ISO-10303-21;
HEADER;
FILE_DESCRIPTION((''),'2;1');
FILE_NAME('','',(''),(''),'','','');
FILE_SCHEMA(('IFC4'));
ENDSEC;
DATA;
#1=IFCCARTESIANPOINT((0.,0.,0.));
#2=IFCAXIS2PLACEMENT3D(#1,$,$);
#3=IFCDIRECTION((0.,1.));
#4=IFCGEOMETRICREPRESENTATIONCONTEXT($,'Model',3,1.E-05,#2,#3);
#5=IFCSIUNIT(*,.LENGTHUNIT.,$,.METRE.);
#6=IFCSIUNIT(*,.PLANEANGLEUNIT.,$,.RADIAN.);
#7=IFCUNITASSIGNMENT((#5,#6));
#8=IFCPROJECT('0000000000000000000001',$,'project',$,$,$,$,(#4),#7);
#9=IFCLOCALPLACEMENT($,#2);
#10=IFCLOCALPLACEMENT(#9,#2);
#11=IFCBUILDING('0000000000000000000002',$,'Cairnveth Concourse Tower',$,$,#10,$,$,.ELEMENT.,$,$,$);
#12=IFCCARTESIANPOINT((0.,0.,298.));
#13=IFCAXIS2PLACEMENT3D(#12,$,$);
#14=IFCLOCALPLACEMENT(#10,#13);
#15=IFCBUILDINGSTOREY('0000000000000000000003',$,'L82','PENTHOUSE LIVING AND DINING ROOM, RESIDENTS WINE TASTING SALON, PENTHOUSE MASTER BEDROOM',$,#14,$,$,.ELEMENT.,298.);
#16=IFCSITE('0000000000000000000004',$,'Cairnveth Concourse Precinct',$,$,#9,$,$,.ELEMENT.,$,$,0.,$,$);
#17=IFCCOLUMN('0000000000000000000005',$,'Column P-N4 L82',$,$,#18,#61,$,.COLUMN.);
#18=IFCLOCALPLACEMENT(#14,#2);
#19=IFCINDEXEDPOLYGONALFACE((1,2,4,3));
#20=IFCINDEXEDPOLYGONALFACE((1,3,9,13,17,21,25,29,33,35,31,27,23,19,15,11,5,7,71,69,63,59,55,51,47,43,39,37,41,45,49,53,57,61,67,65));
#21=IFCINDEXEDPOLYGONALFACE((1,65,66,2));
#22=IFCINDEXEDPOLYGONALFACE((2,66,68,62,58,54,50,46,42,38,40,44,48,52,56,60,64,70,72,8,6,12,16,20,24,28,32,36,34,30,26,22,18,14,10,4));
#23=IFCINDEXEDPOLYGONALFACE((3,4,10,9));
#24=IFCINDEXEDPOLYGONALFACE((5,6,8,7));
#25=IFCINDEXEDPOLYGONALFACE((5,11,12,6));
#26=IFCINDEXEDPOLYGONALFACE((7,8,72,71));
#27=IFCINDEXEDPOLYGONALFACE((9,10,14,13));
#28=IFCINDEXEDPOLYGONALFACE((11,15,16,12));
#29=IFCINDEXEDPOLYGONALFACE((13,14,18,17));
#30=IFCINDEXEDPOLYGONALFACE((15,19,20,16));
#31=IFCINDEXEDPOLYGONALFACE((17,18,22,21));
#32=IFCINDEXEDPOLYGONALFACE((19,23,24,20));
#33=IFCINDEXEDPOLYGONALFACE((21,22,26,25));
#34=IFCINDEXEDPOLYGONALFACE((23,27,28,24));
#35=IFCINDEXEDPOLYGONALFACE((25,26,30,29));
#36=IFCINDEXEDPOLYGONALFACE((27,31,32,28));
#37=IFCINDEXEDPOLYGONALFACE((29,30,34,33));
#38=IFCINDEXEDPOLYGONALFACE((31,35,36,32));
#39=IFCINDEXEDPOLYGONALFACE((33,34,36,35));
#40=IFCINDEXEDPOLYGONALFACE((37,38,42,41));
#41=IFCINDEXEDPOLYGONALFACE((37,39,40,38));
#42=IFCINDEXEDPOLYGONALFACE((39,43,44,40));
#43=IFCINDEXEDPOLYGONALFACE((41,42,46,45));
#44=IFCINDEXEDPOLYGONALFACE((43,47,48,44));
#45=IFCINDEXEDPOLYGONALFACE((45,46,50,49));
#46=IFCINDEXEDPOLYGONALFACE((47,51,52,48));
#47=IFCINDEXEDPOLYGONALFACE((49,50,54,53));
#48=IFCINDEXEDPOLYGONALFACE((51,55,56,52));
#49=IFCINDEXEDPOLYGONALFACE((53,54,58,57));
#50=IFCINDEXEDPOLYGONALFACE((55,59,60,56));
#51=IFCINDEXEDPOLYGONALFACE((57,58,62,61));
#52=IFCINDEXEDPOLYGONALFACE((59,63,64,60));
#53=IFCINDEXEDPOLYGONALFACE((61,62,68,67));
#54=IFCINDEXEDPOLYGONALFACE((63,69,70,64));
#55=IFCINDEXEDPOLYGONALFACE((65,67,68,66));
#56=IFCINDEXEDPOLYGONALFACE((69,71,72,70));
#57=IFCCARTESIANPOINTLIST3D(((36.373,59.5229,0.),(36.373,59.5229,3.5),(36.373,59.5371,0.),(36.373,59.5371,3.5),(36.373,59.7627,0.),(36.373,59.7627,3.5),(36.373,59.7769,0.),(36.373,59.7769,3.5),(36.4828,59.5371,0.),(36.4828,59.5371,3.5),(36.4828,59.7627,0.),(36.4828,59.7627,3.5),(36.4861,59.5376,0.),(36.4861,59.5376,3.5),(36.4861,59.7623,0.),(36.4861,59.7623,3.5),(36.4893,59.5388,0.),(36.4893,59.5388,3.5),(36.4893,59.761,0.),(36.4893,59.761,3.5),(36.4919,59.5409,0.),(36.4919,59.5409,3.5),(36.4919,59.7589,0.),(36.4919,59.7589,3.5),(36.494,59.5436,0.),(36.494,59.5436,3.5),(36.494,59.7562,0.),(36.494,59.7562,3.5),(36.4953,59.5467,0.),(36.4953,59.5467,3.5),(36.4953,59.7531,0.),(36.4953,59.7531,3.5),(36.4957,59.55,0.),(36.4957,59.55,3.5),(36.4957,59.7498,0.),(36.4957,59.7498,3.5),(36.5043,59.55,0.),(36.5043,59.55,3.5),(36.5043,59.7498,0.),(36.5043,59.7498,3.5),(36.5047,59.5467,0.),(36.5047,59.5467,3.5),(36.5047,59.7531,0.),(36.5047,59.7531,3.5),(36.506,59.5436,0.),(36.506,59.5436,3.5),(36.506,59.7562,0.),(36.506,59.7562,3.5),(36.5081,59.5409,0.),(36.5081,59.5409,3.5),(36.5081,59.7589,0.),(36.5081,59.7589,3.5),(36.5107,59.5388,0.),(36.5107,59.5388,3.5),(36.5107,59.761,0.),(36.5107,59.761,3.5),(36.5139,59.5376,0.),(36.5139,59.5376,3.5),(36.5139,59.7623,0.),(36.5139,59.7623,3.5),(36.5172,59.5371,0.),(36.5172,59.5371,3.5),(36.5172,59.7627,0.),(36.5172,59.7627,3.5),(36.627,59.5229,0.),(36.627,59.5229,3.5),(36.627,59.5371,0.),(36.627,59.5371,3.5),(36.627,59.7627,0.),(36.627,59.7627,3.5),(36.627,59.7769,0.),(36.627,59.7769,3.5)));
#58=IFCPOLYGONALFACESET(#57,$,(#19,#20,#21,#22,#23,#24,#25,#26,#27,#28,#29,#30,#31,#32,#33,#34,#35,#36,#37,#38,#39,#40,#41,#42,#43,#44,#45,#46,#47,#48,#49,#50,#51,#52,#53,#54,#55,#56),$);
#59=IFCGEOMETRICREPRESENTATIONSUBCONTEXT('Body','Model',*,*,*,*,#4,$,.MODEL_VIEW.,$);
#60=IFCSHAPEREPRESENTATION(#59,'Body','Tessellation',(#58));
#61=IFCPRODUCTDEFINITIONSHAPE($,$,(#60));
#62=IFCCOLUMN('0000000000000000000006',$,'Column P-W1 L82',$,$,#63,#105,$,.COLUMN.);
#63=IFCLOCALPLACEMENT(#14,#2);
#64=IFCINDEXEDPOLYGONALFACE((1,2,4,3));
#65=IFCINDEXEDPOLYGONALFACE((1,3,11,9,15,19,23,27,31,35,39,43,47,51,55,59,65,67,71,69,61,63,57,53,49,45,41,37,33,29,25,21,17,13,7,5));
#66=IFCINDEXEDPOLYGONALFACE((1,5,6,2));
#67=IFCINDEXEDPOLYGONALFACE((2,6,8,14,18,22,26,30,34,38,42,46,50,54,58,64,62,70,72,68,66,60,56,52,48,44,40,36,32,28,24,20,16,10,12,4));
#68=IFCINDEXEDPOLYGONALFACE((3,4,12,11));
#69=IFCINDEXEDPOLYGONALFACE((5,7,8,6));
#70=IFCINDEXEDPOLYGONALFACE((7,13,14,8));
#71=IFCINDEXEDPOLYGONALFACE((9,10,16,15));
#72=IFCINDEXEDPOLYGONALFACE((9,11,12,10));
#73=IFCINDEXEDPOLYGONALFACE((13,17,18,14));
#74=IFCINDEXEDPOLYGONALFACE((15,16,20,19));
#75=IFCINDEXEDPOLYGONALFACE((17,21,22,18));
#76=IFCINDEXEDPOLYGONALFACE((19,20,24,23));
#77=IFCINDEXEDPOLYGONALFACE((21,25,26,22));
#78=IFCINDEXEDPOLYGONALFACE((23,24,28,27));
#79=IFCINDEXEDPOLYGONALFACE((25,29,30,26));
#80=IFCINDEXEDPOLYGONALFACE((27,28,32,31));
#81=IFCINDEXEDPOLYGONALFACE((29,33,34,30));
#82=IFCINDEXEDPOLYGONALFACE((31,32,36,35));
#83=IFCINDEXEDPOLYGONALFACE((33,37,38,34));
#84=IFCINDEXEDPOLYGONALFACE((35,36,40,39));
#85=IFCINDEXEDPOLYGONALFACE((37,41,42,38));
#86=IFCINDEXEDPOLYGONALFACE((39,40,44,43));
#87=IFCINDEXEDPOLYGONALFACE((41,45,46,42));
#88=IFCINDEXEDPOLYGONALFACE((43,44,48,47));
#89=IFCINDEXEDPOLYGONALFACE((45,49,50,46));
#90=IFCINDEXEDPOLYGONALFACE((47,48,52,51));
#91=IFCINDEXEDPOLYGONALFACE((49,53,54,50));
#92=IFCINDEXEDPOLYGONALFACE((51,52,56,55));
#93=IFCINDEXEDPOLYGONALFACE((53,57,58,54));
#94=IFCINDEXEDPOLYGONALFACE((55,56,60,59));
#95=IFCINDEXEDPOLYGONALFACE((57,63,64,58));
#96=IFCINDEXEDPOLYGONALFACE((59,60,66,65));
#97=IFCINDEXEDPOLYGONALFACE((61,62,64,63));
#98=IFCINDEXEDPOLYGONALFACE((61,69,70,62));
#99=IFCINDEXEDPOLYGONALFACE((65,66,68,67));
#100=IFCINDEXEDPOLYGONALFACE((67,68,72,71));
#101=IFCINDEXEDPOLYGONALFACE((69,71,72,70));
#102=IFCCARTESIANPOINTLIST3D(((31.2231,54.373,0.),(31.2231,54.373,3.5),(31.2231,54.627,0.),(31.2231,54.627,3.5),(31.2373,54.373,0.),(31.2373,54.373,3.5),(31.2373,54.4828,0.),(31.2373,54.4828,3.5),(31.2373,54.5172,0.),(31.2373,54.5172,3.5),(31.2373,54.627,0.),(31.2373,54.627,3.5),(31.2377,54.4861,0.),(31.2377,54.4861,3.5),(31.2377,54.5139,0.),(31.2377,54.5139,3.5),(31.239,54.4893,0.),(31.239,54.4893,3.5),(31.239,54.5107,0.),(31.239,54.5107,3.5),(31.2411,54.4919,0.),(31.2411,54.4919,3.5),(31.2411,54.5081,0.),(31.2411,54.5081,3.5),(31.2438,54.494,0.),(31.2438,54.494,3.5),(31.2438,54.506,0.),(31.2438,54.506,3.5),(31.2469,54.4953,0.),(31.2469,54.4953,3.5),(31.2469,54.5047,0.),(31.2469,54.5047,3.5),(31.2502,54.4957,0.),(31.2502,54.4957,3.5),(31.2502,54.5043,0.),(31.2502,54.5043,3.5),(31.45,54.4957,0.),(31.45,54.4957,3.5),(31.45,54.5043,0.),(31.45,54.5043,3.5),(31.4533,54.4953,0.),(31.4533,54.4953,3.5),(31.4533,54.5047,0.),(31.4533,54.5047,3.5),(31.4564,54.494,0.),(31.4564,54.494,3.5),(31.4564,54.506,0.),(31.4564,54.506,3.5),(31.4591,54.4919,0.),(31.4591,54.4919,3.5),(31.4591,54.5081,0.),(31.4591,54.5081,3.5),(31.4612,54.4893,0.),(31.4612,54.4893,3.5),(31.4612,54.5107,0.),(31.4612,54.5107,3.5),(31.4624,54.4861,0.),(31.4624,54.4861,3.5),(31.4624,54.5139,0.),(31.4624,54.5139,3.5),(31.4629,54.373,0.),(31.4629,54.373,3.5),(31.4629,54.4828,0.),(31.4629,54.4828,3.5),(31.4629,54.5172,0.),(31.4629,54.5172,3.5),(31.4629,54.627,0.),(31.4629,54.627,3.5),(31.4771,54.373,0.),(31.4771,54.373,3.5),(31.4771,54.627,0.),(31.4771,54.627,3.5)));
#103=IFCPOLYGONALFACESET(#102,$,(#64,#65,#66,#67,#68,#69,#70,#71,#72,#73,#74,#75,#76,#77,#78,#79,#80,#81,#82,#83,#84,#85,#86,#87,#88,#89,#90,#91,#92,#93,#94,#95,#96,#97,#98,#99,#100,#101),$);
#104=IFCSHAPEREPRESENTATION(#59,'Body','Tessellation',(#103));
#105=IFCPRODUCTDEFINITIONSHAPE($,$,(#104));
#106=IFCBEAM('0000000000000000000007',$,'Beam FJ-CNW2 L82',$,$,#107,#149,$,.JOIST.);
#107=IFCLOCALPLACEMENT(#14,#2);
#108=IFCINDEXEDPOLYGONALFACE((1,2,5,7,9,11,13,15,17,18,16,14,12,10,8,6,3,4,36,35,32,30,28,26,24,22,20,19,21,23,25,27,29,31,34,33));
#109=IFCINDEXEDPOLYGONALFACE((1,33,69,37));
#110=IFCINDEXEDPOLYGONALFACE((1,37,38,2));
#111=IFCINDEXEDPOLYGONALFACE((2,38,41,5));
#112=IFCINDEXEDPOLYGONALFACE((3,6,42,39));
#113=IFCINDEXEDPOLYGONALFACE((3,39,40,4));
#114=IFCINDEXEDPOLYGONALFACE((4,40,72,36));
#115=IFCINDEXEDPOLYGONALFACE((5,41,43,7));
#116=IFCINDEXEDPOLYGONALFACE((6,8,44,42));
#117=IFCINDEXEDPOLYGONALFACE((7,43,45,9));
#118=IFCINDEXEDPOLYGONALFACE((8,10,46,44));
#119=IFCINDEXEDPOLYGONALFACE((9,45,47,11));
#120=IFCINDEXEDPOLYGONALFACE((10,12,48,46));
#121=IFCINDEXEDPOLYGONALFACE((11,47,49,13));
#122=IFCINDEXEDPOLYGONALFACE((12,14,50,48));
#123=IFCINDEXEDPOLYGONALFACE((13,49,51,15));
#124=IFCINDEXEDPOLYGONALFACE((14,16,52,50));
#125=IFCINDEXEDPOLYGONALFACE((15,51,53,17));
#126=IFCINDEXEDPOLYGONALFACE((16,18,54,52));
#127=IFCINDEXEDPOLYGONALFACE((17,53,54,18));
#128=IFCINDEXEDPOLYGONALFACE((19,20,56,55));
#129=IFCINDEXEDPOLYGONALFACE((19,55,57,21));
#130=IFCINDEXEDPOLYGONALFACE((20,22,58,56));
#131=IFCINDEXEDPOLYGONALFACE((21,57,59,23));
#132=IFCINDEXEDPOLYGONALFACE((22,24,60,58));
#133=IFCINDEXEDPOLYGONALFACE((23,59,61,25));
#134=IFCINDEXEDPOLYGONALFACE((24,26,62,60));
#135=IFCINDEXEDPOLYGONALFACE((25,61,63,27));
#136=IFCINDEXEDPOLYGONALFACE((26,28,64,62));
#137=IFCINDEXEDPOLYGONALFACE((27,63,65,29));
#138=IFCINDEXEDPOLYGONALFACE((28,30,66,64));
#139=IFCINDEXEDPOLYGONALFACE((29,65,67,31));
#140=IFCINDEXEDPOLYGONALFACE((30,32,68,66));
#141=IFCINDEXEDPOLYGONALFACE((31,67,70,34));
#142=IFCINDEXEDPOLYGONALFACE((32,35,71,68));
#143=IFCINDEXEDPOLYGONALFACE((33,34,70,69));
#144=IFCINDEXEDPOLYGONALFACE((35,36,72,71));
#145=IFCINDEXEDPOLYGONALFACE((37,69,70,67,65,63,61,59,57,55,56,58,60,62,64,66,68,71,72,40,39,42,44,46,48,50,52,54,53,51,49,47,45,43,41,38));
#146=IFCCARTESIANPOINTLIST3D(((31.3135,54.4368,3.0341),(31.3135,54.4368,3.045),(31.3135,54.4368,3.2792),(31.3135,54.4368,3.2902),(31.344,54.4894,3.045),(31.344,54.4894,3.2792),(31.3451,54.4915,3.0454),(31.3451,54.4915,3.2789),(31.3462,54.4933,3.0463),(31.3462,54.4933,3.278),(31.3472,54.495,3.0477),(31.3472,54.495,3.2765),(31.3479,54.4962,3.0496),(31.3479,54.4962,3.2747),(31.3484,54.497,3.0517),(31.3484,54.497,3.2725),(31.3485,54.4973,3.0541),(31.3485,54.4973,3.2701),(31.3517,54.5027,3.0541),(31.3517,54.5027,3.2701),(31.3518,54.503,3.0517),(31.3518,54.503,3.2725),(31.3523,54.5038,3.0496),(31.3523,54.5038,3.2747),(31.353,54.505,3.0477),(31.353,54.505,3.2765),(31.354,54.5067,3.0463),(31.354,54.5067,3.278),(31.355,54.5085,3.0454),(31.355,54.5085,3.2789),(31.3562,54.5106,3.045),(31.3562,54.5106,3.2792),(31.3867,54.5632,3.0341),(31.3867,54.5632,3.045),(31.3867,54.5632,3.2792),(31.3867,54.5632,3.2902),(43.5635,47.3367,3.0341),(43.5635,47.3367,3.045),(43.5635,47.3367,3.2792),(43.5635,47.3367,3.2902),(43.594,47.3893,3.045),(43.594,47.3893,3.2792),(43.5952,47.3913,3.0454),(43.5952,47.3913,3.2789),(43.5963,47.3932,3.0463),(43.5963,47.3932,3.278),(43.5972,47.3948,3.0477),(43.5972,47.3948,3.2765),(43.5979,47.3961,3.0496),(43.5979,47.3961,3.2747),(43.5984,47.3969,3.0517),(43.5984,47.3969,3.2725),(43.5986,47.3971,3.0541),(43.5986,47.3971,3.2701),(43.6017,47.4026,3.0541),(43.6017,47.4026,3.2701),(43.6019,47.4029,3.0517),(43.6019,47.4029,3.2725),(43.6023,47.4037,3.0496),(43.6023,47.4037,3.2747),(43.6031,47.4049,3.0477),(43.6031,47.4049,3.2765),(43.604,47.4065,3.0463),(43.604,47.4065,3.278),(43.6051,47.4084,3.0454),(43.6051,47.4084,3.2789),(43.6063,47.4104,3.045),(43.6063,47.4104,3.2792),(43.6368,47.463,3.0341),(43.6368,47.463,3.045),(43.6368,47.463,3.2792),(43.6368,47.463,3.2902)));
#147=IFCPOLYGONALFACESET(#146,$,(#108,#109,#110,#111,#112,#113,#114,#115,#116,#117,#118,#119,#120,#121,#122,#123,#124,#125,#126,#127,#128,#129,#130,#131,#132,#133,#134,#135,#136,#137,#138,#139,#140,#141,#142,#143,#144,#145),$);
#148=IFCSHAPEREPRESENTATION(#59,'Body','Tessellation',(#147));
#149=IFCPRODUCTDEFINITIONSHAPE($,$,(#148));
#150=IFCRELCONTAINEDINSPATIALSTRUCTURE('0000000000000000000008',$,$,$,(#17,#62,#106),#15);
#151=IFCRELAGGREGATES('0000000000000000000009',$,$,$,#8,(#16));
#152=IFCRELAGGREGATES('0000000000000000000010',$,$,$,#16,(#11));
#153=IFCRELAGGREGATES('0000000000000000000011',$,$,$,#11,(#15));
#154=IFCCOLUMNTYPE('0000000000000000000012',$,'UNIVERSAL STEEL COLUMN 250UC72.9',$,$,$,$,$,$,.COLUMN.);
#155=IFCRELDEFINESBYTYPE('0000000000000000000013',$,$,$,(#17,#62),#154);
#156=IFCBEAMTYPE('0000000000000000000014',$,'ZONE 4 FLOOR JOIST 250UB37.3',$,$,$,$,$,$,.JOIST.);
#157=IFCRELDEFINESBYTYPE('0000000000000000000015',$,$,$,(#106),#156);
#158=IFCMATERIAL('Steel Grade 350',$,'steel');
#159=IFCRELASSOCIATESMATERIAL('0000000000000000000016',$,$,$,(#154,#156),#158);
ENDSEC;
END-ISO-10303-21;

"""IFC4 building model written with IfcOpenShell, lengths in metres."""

from ifc_helpers import new_model, si_unit, direction, frame, origin, origin_2d, place, context, subcontext, project, spatial, i_section, extrude, material, material_profile, profile_set, type_object, element, save


model = new_model("IFC4")

# Units and contexts
model_context = context("Model", 3, precision=1e-05, world=origin(), true_north=direction((0.0, 1.0)))
body_context = subcontext(model_context, "Body", "Model", "MODEL_VIEW")
ifc_project = project(units=[si_unit("LENGTHUNIT", "METRE"), si_unit("PLANEANGLEUNIT", "RADIAN")], contexts=[model_context])

# Site, building, storey
site_placement = place(None, origin())
site = spatial("IfcSite", under=ifc_project, at=site_placement, Name="Cairnveth Concourse Precinct", CompositionType="ELEMENT", RefElevation=0.0)
building_placement = place(site_placement, origin())
building = spatial("IfcBuilding", under=site, at=building_placement, Name="Cairnveth Concourse Tower", CompositionType="ELEMENT")
storey_placement = place(building_placement, frame((0.0, 0.0, 298.0)))
storey = spatial("IfcBuildingStorey", under=building, at=storey_placement, Name="L82", Description="PENTHOUSE LIVING AND DINING ROOM, RESIDENTS WINE TASTING SALON, PENTHOUSE MASTER BEDROOM", CompositionType="ELEMENT", Elevation=298.0)

# Columns
ifc_material_1 = material(Name="Steel Grade 350", Category="steel")
ifc_material_profile_1 = material_profile(ifc_material_1, i_section(OverallWidth=0.2539, OverallDepth=0.2539, WebThickness=0.0085, FlangeThickness=0.0142, FilletRadius=0.0129, at=origin_2d()), Name="250UC72.9")
ifc_profile_set_1 = profile_set([ifc_material_profile_1], Name="Steel Grade 350")
column_type = type_object("IfcColumnType", Name="UNIVERSAL STEEL COLUMN 250UC72.9", PredefinedType="COLUMN", material=ifc_profile_set_1)
for number, where, z_axis, x_axis, name in (
    (1, (36.5, 59.6499, 0.0), (0.0, 0.0, 1.0), (1.0, 0.0, 0.0), "Column P-N4 L82"),
    (2, (31.3501, 54.5, 0.0), (0.0, 0.0, 1.0), (0.0, 1.0, 0.0), "Column P-W1 L82"),
):
    element("IfcColumn", number, at=place(storey_placement, frame(where, z_axis=z_axis, x_axis=x_axis)), inside=storey, type_object=column_type, Name=name, PredefinedType="COLUMN", context=body_context, shape_type="SweptSolid", body=[
        extrude(i_section(OverallWidth=0.2539, OverallDepth=0.2539, WebThickness=0.0085, FlangeThickness=0.0142, FilletRadius=0.0129, at=origin_2d()), origin(), (0.0, 0.0, 1.0), 3.5),
    ])

# Beam
ifc_material_profile_2 = material_profile(ifc_material_1, i_section(OverallWidth=0.146, OverallDepth=0.2561, WebThickness=0.0063, FlangeThickness=0.011, FilletRadius=0.009, at=origin_2d()), Name="250UB37.3")
ifc_profile_set_2 = profile_set([ifc_material_profile_2], Name="Steel Grade 350")
beam_type_1 = type_object("IfcBeamType", Name="ZONE 4 FLOOR JOIST 250UB37.3", PredefinedType="JOIST", material=ifc_profile_set_2)
beam_1_placement = place(storey_placement, frame((31.3501, 54.5, 3.1621), z_axis=(0.865181, -0.501459, 0.0), x_axis=(0.501459, 0.865181, 0.0)))
element("IfcBeam", 3, at=beam_1_placement, inside=storey, type_object=beam_type_1, Name="Beam FJ-CNW2 L82", PredefinedType="JOIST", context=body_context, shape_type="SweptSolid", body=[
    extrude(i_section(OverallWidth=0.146, OverallDepth=0.2561, WebThickness=0.0063, FlangeThickness=0.011, FilletRadius=0.009, at=origin_2d()), origin(), (0.0, 0.0, 1.0), 14.1589),
])

save(model, "model.ifc")
